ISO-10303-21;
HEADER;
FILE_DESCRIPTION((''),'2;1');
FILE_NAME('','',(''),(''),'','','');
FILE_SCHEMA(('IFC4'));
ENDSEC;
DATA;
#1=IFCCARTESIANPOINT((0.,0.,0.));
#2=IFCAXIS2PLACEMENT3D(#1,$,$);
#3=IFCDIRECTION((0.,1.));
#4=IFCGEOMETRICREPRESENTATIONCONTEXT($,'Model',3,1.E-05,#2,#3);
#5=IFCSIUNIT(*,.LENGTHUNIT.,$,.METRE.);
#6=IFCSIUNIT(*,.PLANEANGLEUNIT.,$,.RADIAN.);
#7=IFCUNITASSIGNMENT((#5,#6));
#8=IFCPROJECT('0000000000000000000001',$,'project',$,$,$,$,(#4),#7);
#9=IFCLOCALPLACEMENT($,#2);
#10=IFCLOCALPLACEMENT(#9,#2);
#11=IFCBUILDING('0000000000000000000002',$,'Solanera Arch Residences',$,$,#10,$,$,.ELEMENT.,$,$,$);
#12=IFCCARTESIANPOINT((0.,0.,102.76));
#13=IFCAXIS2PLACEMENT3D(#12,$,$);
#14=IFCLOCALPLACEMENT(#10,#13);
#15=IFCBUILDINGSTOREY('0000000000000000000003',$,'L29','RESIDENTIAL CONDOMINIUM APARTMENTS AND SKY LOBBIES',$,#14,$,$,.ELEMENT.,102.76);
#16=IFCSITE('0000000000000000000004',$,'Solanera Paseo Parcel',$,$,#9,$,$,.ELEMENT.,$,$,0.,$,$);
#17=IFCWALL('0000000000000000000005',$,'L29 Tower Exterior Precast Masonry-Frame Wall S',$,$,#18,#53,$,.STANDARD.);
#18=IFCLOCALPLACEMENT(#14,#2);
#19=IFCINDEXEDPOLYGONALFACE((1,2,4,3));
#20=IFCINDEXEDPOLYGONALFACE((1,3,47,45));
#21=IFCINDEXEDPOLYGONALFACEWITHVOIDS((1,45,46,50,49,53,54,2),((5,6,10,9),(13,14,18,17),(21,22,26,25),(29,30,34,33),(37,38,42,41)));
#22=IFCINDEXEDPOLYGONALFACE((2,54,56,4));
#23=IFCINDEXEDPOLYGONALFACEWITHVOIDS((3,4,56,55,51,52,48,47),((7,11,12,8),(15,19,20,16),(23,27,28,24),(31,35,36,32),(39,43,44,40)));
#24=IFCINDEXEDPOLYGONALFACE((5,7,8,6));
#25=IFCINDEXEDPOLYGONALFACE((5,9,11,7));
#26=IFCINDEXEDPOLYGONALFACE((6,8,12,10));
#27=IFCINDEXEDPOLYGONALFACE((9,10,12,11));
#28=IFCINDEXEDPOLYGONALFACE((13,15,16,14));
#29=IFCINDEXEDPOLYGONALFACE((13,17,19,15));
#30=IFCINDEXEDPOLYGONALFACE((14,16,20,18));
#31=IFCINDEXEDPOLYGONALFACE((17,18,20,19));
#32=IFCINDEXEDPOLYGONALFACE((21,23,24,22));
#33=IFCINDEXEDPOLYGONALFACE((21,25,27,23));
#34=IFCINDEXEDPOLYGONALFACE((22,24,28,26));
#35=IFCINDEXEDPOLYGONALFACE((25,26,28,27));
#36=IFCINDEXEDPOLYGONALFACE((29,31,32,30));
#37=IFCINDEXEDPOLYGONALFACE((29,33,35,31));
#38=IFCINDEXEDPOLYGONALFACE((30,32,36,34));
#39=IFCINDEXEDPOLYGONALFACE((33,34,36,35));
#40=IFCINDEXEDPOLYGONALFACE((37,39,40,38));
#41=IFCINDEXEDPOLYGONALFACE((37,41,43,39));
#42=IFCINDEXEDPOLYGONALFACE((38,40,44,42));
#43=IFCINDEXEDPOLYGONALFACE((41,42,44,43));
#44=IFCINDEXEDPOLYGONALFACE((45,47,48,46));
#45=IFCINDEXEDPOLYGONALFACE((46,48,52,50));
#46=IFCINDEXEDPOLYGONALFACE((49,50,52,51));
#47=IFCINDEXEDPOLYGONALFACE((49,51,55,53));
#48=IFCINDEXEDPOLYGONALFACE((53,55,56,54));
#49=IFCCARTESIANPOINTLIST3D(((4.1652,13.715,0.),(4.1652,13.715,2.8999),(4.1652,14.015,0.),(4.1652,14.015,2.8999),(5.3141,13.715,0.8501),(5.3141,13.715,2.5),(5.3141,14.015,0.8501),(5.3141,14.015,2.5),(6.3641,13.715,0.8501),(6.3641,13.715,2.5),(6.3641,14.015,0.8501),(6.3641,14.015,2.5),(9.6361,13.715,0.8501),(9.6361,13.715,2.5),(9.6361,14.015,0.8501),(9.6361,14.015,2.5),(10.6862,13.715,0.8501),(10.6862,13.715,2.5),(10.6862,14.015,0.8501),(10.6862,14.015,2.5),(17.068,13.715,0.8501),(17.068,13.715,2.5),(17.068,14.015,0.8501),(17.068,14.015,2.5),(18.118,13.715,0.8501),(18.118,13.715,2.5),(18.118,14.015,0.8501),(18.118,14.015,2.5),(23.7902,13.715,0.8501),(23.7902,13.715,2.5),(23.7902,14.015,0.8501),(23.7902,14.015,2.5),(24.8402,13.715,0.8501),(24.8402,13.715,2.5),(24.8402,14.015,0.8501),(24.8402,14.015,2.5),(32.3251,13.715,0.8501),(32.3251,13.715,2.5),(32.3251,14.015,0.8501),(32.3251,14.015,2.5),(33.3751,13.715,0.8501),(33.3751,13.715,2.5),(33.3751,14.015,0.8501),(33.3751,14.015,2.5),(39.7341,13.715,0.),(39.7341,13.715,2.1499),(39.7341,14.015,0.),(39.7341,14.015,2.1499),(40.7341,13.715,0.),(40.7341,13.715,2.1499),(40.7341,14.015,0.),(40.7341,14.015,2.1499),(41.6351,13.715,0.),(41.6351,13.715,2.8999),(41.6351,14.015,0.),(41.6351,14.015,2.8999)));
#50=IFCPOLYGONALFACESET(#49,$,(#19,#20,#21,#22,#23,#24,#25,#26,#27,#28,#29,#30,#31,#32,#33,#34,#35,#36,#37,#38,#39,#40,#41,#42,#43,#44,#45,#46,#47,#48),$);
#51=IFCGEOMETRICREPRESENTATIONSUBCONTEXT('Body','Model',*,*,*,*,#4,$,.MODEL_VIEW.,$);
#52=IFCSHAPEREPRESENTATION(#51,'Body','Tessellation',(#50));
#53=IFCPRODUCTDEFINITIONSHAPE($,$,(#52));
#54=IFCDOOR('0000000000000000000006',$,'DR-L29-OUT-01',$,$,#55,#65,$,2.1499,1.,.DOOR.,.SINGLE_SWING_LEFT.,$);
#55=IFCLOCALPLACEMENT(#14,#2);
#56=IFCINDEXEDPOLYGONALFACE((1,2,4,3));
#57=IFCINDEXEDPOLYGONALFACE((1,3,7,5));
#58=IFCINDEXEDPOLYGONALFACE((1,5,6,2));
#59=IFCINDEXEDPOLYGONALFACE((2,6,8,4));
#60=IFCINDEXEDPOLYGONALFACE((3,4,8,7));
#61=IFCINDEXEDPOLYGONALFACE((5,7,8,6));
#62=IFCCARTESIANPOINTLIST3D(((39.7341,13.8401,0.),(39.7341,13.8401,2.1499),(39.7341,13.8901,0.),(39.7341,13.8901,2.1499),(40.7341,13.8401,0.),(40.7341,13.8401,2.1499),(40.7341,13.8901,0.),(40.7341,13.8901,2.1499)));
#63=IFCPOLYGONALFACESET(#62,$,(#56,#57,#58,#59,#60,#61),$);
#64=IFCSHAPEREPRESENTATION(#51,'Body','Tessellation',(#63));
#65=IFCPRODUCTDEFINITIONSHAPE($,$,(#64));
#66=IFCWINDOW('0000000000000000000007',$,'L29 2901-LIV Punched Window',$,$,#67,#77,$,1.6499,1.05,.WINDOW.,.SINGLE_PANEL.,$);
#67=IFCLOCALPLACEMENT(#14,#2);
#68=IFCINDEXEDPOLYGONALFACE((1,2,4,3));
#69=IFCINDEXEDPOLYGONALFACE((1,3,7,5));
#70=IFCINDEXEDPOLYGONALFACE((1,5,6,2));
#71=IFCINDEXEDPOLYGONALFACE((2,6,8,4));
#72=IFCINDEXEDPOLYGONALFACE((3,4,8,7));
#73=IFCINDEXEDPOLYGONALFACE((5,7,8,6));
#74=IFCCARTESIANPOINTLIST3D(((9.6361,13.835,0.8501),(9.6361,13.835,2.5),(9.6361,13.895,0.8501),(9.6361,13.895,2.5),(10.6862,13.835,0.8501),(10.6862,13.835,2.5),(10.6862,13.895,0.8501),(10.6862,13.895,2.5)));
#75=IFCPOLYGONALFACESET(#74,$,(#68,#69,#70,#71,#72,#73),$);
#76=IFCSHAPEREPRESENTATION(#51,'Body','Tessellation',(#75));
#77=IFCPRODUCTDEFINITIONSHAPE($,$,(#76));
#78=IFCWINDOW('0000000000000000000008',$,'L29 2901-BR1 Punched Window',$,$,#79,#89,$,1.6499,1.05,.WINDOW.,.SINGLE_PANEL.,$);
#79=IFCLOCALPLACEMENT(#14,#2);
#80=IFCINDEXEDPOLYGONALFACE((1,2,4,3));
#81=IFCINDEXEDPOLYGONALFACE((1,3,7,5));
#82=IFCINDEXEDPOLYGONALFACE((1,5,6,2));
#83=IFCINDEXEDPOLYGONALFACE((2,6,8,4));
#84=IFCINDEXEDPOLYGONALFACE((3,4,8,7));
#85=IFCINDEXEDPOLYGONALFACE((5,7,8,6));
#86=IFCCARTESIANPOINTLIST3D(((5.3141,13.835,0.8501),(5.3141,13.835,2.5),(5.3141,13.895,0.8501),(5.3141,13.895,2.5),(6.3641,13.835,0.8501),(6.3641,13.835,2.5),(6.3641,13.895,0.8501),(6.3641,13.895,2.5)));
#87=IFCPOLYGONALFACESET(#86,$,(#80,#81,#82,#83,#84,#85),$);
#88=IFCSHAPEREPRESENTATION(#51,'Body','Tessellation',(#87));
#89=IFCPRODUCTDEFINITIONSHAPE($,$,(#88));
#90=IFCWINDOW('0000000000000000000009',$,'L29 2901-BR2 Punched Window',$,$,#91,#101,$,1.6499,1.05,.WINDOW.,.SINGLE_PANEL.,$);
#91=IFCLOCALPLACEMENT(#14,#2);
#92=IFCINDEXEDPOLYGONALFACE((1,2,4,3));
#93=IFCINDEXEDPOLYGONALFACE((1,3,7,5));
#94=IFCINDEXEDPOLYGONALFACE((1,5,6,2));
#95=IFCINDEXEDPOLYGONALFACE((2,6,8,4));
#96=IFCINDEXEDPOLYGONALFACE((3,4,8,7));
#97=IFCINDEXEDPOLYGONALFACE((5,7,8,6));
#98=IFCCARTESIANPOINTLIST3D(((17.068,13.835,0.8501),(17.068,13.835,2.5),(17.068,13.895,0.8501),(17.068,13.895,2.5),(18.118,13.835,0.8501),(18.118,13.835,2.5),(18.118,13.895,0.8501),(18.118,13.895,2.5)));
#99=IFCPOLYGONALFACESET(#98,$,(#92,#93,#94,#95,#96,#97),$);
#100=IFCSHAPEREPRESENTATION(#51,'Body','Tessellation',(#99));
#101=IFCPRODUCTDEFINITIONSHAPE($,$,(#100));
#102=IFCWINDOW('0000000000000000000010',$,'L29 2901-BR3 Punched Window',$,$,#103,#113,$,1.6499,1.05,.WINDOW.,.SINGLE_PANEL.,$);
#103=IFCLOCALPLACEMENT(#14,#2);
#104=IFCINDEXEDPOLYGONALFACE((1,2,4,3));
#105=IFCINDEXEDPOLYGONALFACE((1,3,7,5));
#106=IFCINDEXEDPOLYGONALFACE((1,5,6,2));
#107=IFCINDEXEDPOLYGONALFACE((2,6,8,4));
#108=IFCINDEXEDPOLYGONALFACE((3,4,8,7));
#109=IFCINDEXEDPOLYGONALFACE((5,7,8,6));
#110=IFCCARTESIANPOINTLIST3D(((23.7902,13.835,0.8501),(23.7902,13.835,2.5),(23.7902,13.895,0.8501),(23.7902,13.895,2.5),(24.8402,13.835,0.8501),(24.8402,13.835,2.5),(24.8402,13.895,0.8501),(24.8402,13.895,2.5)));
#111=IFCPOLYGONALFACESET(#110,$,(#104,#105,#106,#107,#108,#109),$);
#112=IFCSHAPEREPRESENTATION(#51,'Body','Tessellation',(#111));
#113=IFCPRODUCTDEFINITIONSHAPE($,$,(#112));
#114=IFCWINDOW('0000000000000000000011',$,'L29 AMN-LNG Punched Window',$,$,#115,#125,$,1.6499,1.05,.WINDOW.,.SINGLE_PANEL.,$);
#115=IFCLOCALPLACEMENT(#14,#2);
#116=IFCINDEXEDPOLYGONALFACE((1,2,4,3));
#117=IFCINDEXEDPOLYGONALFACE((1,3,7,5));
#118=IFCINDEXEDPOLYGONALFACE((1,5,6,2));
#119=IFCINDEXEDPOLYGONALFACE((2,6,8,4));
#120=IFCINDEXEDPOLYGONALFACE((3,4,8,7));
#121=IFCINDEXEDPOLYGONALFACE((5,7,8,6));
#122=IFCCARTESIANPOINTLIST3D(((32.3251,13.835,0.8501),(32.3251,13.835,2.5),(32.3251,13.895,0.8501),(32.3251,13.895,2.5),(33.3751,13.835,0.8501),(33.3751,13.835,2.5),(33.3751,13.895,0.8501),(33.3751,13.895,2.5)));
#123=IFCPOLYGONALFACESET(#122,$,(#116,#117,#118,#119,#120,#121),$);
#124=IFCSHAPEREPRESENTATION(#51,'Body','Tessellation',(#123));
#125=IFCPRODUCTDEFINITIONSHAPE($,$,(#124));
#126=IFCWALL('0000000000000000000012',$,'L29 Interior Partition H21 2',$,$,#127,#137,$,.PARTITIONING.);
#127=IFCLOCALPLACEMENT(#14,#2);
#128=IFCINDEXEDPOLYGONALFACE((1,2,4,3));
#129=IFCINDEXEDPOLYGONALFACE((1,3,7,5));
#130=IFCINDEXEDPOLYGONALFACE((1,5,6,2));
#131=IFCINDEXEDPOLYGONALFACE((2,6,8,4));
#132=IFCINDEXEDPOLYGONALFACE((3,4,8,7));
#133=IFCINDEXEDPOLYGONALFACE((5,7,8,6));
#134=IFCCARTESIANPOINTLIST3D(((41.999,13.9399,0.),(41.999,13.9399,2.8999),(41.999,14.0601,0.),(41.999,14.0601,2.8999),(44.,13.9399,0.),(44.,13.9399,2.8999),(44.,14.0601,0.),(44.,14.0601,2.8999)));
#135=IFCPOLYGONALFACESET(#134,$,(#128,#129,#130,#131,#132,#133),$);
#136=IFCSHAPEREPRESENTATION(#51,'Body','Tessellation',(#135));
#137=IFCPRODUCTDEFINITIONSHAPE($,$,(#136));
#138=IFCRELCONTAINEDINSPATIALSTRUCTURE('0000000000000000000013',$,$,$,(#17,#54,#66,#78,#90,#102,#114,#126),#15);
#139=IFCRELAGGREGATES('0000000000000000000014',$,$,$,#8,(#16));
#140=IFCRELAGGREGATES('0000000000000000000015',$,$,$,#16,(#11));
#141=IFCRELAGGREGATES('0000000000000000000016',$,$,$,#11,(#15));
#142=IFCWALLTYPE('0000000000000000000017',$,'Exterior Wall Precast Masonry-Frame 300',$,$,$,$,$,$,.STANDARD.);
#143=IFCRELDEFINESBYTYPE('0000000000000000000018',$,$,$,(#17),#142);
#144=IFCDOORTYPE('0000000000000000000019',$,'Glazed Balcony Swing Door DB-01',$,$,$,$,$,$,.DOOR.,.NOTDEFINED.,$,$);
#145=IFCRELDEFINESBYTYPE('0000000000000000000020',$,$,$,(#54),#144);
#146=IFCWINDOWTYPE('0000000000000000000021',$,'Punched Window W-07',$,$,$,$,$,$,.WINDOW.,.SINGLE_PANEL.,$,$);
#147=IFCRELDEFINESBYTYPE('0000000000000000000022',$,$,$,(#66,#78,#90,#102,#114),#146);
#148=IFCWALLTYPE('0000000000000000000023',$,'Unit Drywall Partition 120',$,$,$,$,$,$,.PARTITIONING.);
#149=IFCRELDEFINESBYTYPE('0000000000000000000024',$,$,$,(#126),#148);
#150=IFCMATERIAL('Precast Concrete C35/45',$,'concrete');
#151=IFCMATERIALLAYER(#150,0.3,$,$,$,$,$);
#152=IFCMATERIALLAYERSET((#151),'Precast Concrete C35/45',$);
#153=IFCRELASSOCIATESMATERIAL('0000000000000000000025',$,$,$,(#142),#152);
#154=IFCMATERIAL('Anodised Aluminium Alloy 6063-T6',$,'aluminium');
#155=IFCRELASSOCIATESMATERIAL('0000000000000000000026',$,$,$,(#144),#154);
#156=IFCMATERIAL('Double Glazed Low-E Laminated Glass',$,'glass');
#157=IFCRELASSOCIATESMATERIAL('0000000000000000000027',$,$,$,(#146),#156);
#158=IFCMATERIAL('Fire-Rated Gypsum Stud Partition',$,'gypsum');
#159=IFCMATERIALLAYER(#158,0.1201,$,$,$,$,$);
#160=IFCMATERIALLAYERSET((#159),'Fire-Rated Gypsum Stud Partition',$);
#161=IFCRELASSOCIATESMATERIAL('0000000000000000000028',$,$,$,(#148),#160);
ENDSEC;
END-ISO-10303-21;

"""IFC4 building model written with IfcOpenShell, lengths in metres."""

from ifc_helpers import new_model, si_unit, direction, frame, frame_2d, origin, place, context, subcontext, project, spatial, rectangle, extrude, material, layer, layer_set, type_object, element, fill, save


model = new_model("IFC4")

# Units and contexts
model_context = context("Model", 3, precision=1e-05, world=origin(), true_north=direction((0.0, 1.0)))
body_context = subcontext(model_context, "Body", "Model", "MODEL_VIEW")
ifc_project = project(units=[si_unit("LENGTHUNIT", "METRE"), si_unit("PLANEANGLEUNIT", "RADIAN")], contexts=[model_context])

# Site, building, storey
site_placement = place(None, origin())
site = spatial("IfcSite", under=ifc_project, at=site_placement, Name="Solanera Paseo Parcel", CompositionType="ELEMENT", RefElevation=0.0)
building_placement = place(site_placement, origin())
building = spatial("IfcBuilding", under=site, at=building_placement, Name="Solanera Arch Residences", CompositionType="ELEMENT")
storey_placement = place(building_placement, frame((0.0, 0.0, 102.76)))
storey = spatial("IfcBuildingStorey", under=building, at=storey_placement, Name="L29", Description="RESIDENTIAL CONDOMINIUM APARTMENTS AND SKY LOBBIES", CompositionType="ELEMENT", Elevation=102.76)

# Shared definitions
ifc_material_1 = material(Name="Precast Concrete C35/45", Category="concrete")
ifc_layer_1 = layer(ifc_material_1, 0.3)
ifc_layer_set_1 = layer_set([ifc_layer_1], Name="Precast Concrete C35/45")
wall_type_1 = type_object("IfcWallType", Name="Exterior Wall Precast Masonry-Frame 300", PredefinedType="STANDARD", material=ifc_layer_set_1)

# Wall, openings, door, windows
wall_1_placement = place(storey_placement, frame((41.635, 13.865, 0.0), z_axis=(0.0, 0.0, 1.0), x_axis=(-1.0, 0.0, 0.0)))
wall_1 = element("IfcWall", 1, at=wall_1_placement, inside=storey, type_object=wall_type_1, Name="L29 Tower Exterior Precast Masonry-Frame Wall S", PredefinedType="STANDARD", context=body_context, shape_type="SweptSolid", body=[
    extrude(rectangle(XDim=37.47, YDim=0.3, at=frame_2d((18.7349, 0.0))), origin(), (0.0, 0.0, 1.0), 2.8999),
])
opening_1_placement = place(wall_1_placement, frame((0.9009, 0.0, 0.0)))
opening_1 = element("IfcOpeningElement", 2, at=opening_1_placement, cuts=wall_1, PredefinedType="OPENING", context=body_context, shape_type="SweptSolid", body=[
    extrude(rectangle(XDim=1.0, YDim=2.1499, at=frame_2d((0.5, 1.075))), frame((0.0, 0.1599, 0.0), z_axis=(0.0, -1.0, 0.0), x_axis=(1.0, 0.0, 0.0)), (0.0, 0.0, 1.0), 0.32),
])
opening_2_placement = place(wall_1_placement, frame((30.949, 0.0, 0.8501)))
opening_2 = element("IfcOpeningElement", 3, at=opening_2_placement, cuts=wall_1, PredefinedType="OPENING", context=body_context, shape_type="SweptSolid", body=[
    extrude(rectangle(XDim=1.05, YDim=1.6499, at=frame_2d((0.5249, 0.825))), frame((0.0, 0.1599, 0.0), z_axis=(0.0, -1.0, 0.0), x_axis=(1.0, 0.0, 0.0)), (0.0, 0.0, 1.0), 0.32),
])
opening_3_placement = place(wall_1_placement, frame((35.271, 0.0, 0.8501)))
opening_3 = element("IfcOpeningElement", 4, at=opening_3_placement, cuts=wall_1, PredefinedType="OPENING", context=body_context, shape_type="SweptSolid", body=[
    extrude(rectangle(XDim=1.05, YDim=1.6499, at=frame_2d((0.5249, 0.825))), frame((0.0, 0.1599, 0.0), z_axis=(0.0, -1.0, 0.0), x_axis=(1.0, 0.0, 0.0)), (0.0, 0.0, 1.0), 0.32),
])
opening_4_placement = place(wall_1_placement, frame((23.5171, 0.0, 0.8501)))
opening_4 = element("IfcOpeningElement", 5, at=opening_4_placement, cuts=wall_1, PredefinedType="OPENING", context=body_context, shape_type="SweptSolid", body=[
    extrude(rectangle(XDim=1.05, YDim=1.6499, at=frame_2d((0.5249, 0.825))), frame((0.0, 0.1599, 0.0), z_axis=(0.0, -1.0, 0.0), x_axis=(1.0, 0.0, 0.0)), (0.0, 0.0, 1.0), 0.32),
])
opening_5_placement = place(wall_1_placement, frame((16.7949, 0.0, 0.8501)))
opening_5 = element("IfcOpeningElement", 6, at=opening_5_placement, cuts=wall_1, PredefinedType="OPENING", context=body_context, shape_type="SweptSolid", body=[
    extrude(rectangle(XDim=1.05, YDim=1.6499, at=frame_2d((0.5249, 0.825))), frame((0.0, 0.1599, 0.0), z_axis=(0.0, -1.0, 0.0), x_axis=(1.0, 0.0, 0.0)), (0.0, 0.0, 1.0), 0.32),
])
opening_6_placement = place(wall_1_placement, frame((8.26, 0.0, 0.8501)))
opening_6 = element("IfcOpeningElement", 7, at=opening_6_placement, cuts=wall_1, PredefinedType="OPENING", context=body_context, shape_type="SweptSolid", body=[
    extrude(rectangle(XDim=1.05, YDim=1.6499, at=frame_2d((0.5249, 0.825))), frame((0.0, 0.1599, 0.0), z_axis=(0.0, -1.0, 0.0), x_axis=(1.0, 0.0, 0.0)), (0.0, 0.0, 1.0), 0.32),
])
ifc_material_2 = material(Name="Anodised Aluminium Alloy 6063-T6", Category="aluminium")
door_type = type_object("IfcDoorType", Name="Glazed Balcony Swing Door DB-01", OperationType="NOTDEFINED", PredefinedType="DOOR", material=ifc_material_2)
door_placement = place(opening_1_placement, origin())
door = element("IfcDoor", 8, at=door_placement, inside=storey, type_object=door_type, Name="DR-L29-OUT-01", OperationType="SINGLE_SWING_LEFT", OverallHeight=2.1499, OverallWidth=1.0, PredefinedType="DOOR", context=body_context, shape_type="SweptSolid", body=[
    extrude(rectangle(XDim=1.0, YDim=2.1499, at=frame_2d((0.5, 1.075))), frame((0.0, 0.0249, 0.0), z_axis=(0.0, -1.0, 0.0), x_axis=(1.0, 0.0, 0.0)), (0.0, 0.0, 1.0), 0.05),
])
fill(opening_1, door)
ifc_material_3 = material(Name="Double Glazed Low-E Laminated Glass", Category="glass")
window_type = type_object("IfcWindowType", Name="Punched Window W-07", PartitioningType="SINGLE_PANEL", PredefinedType="WINDOW", material=ifc_material_3)
window_1_placement = place(opening_2_placement, origin())
window_1 = element("IfcWindow", 9, at=window_1_placement, inside=storey, type_object=window_type, Name="L29 2901-LIV Punched Window", OverallHeight=1.6499, OverallWidth=1.05, PartitioningType="SINGLE_PANEL", PredefinedType="WINDOW", context=body_context, shape_type="SweptSolid", body=[
    extrude(rectangle(XDim=1.05, YDim=1.6499, at=frame_2d((0.5249, 0.825))), frame((0.0, 0.03, 0.0), z_axis=(0.0, -1.0, 0.0), x_axis=(1.0, 0.0, 0.0)), (0.0, 0.0, 1.0), 0.0601),
])
fill(opening_2, window_1)
window_2_placement = place(opening_3_placement, origin())
window_2 = element("IfcWindow", 10, at=window_2_placement, inside=storey, type_object=window_type, Name="L29 2901-BR1 Punched Window", OverallHeight=1.6499, OverallWidth=1.05, PartitioningType="SINGLE_PANEL", PredefinedType="WINDOW", context=body_context, shape_type="SweptSolid", body=[
    extrude(rectangle(XDim=1.05, YDim=1.6499, at=frame_2d((0.5249, 0.825))), frame((0.0, 0.03, 0.0), z_axis=(0.0, -1.0, 0.0), x_axis=(1.0, 0.0, 0.0)), (0.0, 0.0, 1.0), 0.0601),
])
fill(opening_3, window_2)
window_3_placement = place(opening_4_placement, origin())
window_3 = element("IfcWindow", 11, at=window_3_placement, inside=storey, type_object=window_type, Name="L29 2901-BR2 Punched Window", OverallHeight=1.6499, OverallWidth=1.05, PartitioningType="SINGLE_PANEL", PredefinedType="WINDOW", context=body_context, shape_type="SweptSolid", body=[
    extrude(rectangle(XDim=1.05, YDim=1.6499, at=frame_2d((0.5249, 0.825))), frame((0.0, 0.03, 0.0), z_axis=(0.0, -1.0, 0.0), x_axis=(1.0, 0.0, 0.0)), (0.0, 0.0, 1.0), 0.0601),
])
fill(opening_4, window_3)
window_4_placement = place(opening_5_placement, origin())
window_4 = element("IfcWindow", 12, at=window_4_placement, inside=storey, type_object=window_type, Name="L29 2901-BR3 Punched Window", OverallHeight=1.6499, OverallWidth=1.05, PartitioningType="SINGLE_PANEL", PredefinedType="WINDOW", context=body_context, shape_type="SweptSolid", body=[
    extrude(rectangle(XDim=1.05, YDim=1.6499, at=frame_2d((0.5249, 0.825))), frame((0.0, 0.03, 0.0), z_axis=(0.0, -1.0, 0.0), x_axis=(1.0, 0.0, 0.0)), (0.0, 0.0, 1.0), 0.0601),
])
fill(opening_5, window_4)
window_5_placement = place(opening_6_placement, origin())
window_5 = element("IfcWindow", 13, at=window_5_placement, inside=storey, type_object=window_type, Name="L29 AMN-LNG Punched Window", OverallHeight=1.6499, OverallWidth=1.05, PartitioningType="SINGLE_PANEL", PredefinedType="WINDOW", context=body_context, shape_type="SweptSolid", body=[
    extrude(rectangle(XDim=1.05, YDim=1.6499, at=frame_2d((0.5249, 0.825))), frame((0.0, 0.03, 0.0), z_axis=(0.0, -1.0, 0.0), x_axis=(1.0, 0.0, 0.0)), (0.0, 0.0, 1.0), 0.0601),
])
fill(opening_6, window_5)

# Wall
ifc_material_4 = material(Name="Fire-Rated Gypsum Stud Partition", Category="gypsum")
ifc_layer_2 = layer(ifc_material_4, 0.1201)
ifc_layer_set_2 = layer_set([ifc_layer_2], Name="Fire-Rated Gypsum Stud Partition")
wall_type_2 = type_object("IfcWallType", Name="Unit Drywall Partition 120", PredefinedType="PARTITIONING", material=ifc_layer_set_2)
wall_2_placement = place(storey_placement, frame((41.999, 14.0, 0.0), z_axis=(0.0, 0.0, 1.0), x_axis=(1.0, 0.0, 0.0)))
element("IfcWall", 14, at=wall_2_placement, inside=storey, type_object=wall_type_2, Name="L29 Interior Partition H21 2", PredefinedType="PARTITIONING", context=body_context, shape_type="SweptSolid", body=[
    extrude(rectangle(XDim=2.001, YDim=0.1201, at=frame_2d((1.0005, 0.0))), origin(), (0.0, 0.0, 1.0), 2.8999),
])

save(model, "model.ifc")
